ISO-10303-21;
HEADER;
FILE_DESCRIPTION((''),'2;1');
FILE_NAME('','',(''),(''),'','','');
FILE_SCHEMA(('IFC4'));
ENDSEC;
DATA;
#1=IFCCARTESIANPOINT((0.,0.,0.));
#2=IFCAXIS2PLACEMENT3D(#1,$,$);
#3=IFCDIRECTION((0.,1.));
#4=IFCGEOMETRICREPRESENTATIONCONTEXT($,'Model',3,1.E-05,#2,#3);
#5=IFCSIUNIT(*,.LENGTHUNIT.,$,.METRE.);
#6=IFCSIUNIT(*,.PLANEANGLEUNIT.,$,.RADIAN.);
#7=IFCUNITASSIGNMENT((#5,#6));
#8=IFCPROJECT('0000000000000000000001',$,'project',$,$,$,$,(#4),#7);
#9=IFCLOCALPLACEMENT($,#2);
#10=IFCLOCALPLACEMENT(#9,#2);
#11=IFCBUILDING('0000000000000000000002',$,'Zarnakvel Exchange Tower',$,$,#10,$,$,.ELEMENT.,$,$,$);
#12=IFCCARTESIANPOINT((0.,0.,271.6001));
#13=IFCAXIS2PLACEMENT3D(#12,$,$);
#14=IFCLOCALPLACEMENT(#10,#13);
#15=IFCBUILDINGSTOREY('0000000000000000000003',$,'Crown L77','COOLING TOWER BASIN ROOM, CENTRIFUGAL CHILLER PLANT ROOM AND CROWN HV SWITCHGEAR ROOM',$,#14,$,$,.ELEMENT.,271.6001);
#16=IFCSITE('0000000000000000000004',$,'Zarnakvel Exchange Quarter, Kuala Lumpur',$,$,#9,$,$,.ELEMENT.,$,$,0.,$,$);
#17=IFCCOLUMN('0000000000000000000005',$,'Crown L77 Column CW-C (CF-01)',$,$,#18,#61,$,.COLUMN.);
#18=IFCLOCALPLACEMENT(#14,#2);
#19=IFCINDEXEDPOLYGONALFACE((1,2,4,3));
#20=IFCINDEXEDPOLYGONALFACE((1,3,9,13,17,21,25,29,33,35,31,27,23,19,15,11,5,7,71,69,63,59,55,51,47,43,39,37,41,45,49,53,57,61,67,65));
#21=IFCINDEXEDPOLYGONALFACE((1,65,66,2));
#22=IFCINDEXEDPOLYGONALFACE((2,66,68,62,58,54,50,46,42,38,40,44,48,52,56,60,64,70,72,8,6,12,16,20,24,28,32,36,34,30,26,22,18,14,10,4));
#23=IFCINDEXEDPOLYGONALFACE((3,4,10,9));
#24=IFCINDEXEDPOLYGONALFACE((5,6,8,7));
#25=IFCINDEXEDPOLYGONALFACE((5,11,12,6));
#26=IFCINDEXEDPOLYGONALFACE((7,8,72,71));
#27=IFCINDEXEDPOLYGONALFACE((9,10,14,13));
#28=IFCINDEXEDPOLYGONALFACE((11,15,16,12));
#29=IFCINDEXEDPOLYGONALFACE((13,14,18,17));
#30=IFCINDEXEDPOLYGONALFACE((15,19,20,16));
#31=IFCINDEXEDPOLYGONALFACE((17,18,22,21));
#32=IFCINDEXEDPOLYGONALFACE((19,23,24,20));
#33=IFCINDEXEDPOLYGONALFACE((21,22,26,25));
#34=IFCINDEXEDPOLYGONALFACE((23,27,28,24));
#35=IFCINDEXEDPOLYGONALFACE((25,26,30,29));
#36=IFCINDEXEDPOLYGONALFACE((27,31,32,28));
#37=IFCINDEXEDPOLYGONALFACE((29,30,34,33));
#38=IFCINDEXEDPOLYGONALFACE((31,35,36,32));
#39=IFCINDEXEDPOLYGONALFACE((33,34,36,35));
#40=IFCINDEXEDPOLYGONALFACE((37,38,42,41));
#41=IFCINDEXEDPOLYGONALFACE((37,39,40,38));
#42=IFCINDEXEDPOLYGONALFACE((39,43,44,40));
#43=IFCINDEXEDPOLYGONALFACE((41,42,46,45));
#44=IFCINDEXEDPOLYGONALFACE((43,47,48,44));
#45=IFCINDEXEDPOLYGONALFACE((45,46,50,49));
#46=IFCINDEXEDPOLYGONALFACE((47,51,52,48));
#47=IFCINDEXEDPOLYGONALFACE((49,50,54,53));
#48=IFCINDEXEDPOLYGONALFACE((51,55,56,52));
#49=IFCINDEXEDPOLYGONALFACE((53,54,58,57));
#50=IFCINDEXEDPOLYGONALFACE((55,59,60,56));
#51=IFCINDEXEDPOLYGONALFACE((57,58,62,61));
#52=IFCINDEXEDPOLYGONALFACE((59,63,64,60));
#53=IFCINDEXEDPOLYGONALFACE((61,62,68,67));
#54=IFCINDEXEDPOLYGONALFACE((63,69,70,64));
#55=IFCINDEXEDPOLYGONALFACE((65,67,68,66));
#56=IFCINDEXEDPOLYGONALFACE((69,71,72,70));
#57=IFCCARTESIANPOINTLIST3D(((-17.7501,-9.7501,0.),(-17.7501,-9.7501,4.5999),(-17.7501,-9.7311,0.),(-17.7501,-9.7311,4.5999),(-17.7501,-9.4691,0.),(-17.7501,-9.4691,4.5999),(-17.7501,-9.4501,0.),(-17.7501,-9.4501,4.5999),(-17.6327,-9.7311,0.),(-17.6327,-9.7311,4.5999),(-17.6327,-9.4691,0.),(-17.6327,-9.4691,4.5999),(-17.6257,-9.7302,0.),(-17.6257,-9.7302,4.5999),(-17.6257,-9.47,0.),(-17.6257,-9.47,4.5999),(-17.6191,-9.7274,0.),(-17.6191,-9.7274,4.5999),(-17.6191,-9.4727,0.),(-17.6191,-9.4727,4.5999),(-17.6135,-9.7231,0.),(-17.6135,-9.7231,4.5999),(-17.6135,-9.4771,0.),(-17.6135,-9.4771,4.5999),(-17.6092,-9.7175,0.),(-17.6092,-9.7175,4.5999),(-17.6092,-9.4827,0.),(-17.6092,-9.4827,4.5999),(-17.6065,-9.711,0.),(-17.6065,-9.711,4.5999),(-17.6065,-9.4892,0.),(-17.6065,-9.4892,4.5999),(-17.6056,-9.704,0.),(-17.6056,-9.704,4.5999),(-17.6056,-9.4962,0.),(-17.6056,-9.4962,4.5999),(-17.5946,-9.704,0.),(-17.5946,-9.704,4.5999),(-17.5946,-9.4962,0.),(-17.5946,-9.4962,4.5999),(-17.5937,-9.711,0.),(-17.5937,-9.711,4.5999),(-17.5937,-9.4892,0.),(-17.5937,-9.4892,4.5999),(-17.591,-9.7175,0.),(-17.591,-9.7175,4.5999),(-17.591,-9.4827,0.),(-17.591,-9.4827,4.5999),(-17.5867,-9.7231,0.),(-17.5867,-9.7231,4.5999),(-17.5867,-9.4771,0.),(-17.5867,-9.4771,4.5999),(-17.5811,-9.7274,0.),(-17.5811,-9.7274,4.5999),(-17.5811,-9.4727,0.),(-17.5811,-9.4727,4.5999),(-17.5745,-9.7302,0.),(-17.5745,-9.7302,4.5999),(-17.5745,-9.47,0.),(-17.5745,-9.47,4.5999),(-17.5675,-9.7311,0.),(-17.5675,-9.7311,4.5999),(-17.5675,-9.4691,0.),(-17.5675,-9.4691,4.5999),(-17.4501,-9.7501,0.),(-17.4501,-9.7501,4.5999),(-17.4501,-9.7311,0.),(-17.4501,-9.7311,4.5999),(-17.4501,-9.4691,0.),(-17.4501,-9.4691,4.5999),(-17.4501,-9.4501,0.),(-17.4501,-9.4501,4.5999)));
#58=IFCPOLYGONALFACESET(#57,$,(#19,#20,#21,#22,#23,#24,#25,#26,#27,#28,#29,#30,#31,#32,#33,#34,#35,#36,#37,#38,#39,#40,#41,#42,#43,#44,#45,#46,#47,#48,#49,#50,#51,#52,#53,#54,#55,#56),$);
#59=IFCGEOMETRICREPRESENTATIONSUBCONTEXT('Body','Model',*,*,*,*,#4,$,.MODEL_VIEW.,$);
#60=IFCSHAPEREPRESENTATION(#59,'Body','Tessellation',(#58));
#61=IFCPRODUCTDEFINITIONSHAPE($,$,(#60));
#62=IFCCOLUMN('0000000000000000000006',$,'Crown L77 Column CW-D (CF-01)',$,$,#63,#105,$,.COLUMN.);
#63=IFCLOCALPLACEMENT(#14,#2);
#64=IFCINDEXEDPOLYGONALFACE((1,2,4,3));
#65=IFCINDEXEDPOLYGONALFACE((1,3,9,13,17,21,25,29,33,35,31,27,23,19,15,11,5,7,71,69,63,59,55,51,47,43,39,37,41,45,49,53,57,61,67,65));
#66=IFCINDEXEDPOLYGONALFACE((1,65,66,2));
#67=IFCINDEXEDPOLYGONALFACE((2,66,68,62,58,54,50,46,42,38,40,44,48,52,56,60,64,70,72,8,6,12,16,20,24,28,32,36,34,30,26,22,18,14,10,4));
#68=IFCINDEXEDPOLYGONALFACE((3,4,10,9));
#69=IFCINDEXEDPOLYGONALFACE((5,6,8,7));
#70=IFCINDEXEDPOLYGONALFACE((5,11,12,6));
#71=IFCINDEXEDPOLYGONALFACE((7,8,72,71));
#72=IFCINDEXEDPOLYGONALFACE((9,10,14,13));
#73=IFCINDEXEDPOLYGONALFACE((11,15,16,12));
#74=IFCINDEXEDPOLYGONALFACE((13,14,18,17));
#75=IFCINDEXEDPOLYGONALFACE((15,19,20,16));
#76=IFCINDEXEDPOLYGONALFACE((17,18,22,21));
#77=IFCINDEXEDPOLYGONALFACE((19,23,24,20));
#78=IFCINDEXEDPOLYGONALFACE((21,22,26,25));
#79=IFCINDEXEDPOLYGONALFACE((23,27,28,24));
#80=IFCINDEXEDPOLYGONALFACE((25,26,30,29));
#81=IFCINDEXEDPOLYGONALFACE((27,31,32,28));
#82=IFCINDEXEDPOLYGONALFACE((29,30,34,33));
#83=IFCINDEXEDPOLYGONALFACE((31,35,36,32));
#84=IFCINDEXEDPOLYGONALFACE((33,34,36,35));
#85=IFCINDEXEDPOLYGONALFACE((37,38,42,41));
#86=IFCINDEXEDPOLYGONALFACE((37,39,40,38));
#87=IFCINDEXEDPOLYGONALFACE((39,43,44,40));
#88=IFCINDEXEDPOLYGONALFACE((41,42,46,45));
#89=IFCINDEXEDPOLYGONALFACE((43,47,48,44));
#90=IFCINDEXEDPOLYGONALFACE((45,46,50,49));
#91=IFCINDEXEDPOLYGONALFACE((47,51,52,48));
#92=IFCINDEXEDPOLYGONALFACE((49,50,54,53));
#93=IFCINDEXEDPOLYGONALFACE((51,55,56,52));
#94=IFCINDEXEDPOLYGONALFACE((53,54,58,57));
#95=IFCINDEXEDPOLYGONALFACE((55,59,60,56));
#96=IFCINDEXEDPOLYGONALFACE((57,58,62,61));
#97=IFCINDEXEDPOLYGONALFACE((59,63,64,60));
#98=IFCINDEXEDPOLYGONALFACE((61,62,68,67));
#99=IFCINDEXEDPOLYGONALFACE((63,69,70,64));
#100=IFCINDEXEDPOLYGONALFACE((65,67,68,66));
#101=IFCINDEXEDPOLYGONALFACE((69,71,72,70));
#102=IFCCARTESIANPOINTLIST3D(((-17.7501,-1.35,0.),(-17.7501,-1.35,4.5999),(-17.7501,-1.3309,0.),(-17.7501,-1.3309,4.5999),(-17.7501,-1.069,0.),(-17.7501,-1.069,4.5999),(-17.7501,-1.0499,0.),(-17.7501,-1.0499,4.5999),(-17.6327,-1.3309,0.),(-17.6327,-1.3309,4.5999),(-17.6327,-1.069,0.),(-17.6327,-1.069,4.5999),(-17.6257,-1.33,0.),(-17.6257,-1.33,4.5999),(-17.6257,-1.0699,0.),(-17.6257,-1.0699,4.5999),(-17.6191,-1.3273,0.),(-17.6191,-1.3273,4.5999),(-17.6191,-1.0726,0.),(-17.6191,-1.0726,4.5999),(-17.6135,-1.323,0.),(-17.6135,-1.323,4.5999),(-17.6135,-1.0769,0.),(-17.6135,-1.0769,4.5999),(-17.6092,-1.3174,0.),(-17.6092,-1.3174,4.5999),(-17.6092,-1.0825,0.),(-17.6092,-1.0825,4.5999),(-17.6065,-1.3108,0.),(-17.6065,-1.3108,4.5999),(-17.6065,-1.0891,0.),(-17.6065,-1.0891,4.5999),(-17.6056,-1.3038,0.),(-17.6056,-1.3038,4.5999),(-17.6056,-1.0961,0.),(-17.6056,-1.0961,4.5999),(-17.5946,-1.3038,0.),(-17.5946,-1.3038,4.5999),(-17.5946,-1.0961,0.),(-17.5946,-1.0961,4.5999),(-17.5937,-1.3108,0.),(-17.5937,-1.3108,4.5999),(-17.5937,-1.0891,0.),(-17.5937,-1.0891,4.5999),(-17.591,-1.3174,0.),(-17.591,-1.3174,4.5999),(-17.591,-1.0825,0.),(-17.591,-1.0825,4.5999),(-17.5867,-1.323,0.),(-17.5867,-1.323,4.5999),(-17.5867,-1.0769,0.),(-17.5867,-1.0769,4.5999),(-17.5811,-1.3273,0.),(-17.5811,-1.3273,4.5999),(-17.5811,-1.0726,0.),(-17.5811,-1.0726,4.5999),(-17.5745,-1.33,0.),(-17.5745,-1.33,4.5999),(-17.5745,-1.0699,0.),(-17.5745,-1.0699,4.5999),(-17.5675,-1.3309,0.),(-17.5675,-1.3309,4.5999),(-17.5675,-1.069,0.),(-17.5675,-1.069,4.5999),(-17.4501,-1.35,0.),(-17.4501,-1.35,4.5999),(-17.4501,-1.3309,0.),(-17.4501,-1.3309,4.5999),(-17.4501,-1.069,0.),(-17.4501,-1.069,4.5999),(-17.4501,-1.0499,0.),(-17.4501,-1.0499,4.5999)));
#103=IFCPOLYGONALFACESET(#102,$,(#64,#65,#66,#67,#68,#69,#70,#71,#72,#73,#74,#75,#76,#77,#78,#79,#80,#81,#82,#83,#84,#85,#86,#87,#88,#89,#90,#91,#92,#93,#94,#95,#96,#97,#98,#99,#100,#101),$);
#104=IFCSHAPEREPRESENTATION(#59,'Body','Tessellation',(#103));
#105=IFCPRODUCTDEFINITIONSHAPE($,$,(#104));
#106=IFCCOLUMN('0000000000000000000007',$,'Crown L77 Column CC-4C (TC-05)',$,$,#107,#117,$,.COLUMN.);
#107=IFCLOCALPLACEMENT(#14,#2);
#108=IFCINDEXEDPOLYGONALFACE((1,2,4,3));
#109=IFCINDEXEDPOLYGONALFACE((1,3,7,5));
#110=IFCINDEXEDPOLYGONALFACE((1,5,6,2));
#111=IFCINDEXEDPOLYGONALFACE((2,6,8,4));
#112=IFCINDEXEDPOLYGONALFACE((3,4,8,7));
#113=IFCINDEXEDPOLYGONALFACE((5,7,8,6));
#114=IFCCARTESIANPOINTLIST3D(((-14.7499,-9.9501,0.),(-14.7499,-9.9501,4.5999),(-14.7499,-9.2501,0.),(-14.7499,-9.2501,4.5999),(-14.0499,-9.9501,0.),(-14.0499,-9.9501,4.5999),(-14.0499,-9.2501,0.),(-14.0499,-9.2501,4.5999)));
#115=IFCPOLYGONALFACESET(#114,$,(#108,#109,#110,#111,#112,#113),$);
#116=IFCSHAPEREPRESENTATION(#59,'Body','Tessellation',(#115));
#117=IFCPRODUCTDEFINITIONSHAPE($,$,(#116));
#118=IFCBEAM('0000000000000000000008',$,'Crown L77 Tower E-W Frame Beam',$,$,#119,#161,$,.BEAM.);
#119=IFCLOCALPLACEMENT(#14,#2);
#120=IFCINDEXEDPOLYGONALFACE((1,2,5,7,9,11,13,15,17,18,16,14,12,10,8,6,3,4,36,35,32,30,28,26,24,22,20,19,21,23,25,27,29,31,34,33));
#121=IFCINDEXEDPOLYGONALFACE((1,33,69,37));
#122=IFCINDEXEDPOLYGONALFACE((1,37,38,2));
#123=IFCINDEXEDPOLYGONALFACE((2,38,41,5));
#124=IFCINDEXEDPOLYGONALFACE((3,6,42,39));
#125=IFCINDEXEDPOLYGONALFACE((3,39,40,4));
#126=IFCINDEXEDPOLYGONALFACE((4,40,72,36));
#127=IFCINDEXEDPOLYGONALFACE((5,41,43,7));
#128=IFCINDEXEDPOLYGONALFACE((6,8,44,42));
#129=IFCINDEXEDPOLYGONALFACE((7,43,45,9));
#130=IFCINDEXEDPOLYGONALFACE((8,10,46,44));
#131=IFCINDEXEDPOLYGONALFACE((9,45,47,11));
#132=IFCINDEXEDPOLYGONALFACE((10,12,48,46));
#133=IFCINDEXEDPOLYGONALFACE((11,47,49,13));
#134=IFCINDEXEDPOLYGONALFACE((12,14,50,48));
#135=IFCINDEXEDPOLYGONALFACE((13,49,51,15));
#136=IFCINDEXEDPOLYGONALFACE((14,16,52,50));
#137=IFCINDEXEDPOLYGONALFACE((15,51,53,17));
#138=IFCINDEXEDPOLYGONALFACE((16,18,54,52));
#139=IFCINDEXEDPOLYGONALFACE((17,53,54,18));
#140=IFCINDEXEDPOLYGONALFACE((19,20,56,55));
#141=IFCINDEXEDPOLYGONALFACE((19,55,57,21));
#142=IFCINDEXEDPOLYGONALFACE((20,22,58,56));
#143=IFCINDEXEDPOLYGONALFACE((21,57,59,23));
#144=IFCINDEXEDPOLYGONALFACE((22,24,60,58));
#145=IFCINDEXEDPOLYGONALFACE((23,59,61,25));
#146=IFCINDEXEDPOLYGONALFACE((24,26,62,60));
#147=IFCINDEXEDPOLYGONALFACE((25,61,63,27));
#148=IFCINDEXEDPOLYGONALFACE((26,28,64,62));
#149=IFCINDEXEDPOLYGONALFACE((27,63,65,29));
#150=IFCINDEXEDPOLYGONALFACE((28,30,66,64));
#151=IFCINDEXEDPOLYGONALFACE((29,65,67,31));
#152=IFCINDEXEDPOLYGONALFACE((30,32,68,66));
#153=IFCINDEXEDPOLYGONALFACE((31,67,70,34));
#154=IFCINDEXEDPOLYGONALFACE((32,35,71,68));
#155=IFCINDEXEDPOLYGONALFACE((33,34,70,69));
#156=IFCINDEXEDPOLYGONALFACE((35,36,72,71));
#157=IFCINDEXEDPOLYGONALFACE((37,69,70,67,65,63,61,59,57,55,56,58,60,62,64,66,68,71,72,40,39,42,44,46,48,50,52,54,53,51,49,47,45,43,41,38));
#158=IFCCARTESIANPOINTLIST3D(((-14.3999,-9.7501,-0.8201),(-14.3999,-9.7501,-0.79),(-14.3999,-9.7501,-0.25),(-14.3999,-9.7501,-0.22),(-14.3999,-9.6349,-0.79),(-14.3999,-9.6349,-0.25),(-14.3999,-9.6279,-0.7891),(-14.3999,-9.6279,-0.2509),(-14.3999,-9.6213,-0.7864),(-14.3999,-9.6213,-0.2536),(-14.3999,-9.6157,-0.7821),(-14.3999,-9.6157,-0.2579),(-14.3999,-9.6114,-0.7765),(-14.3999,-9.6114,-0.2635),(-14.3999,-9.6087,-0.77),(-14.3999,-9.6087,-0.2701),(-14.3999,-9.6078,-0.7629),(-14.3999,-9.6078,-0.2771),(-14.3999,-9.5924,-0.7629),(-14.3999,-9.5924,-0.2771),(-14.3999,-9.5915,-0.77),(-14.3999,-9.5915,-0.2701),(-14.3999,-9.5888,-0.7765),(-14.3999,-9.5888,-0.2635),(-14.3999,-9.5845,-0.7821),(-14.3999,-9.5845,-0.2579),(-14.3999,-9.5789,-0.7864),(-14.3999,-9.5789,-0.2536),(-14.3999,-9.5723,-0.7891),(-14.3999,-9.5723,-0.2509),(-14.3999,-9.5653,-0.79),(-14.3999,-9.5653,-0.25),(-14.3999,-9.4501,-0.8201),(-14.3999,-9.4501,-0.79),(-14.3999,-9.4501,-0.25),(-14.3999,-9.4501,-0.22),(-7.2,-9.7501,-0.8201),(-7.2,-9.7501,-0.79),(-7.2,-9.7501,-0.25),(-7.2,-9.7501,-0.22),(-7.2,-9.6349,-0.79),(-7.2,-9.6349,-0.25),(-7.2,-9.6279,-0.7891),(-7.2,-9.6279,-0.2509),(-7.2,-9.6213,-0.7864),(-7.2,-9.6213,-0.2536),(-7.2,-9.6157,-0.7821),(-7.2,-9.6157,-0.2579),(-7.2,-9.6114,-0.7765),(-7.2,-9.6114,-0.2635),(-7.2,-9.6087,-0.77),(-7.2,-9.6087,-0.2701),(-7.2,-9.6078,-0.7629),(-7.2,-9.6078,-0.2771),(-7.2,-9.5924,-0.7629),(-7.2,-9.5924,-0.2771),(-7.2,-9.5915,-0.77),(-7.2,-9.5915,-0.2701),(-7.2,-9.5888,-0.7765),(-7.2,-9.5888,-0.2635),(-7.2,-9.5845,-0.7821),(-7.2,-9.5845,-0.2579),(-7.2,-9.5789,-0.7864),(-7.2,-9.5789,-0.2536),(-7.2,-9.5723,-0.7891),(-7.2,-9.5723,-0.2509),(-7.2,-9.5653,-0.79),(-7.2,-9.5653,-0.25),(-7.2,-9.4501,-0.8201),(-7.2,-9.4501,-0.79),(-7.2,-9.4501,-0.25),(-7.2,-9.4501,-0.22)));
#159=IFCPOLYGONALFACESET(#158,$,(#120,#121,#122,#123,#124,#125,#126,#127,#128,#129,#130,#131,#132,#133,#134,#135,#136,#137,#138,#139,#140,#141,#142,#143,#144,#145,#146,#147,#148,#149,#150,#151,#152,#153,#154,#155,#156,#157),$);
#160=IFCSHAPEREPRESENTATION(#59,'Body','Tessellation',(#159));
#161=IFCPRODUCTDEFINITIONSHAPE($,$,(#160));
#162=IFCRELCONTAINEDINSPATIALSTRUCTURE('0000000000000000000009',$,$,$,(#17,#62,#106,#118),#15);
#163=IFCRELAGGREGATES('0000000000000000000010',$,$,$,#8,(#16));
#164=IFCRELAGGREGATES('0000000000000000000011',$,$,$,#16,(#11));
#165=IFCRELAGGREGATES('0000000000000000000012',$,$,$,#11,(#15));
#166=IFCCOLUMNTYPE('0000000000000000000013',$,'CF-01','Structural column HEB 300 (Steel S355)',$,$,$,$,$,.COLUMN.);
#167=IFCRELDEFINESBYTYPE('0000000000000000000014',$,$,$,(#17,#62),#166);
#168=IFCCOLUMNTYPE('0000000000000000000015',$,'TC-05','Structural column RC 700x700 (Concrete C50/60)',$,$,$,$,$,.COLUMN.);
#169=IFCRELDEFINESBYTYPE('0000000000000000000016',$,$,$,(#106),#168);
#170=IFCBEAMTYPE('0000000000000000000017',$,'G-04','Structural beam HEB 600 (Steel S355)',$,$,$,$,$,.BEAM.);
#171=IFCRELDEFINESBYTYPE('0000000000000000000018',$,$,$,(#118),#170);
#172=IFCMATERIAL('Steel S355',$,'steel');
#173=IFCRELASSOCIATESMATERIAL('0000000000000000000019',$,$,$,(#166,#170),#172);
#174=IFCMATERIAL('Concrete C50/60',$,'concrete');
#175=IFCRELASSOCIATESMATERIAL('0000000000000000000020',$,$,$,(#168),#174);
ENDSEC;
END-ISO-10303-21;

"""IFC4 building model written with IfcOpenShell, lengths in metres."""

from ifc_helpers import new_model, si_unit, direction, frame, origin, origin_2d, place, context, subcontext, project, spatial, rectangle, i_section, extrude, material, material_profile, profile_set, type_object, element, save


model = new_model("IFC4")

# Units and contexts
model_context = context("Model", 3, precision=1e-05, world=origin(), true_north=direction((0.0, 1.0)))
body_context = subcontext(model_context, "Body", "Model", "MODEL_VIEW")
ifc_project = project(units=[si_unit("LENGTHUNIT", "METRE"), si_unit("PLANEANGLEUNIT", "RADIAN")], contexts=[model_context])

# Site, building, storey
site_placement = place(None, origin())
site = spatial("IfcSite", under=ifc_project, at=site_placement, Name="Zarnakvel Exchange Quarter, Kuala Lumpur", CompositionType="ELEMENT", RefElevation=0.0)
building_placement = place(site_placement, origin())
building = spatial("IfcBuilding", under=site, at=building_placement, Name="Zarnakvel Exchange Tower", CompositionType="ELEMENT")
storey_placement = place(building_placement, frame((0.0, 0.0, 271.6001)))
storey = spatial("IfcBuildingStorey", under=building, at=storey_placement, Name="Crown L77", Description="COOLING TOWER BASIN ROOM, CENTRIFUGAL CHILLER PLANT ROOM AND CROWN HV SWITCHGEAR ROOM", CompositionType="ELEMENT", Elevation=271.6001)

# Columns
ifc_material_1 = material(Name="Steel S355", Category="steel")
ifc_material_profile_1 = material_profile(ifc_material_1, i_section(OverallWidth=0.3, OverallDepth=0.3, WebThickness=0.011, FlangeThickness=0.019, FilletRadius=0.0271, at=origin_2d()))
ifc_profile_set_1 = profile_set([ifc_material_profile_1], Name="Steel S355")
column_type_1 = type_object("IfcColumnType", Name="CF-01", Description="Structural column HEB 300 (Steel S355)", PredefinedType="COLUMN", material=ifc_profile_set_1)
for number, where, z_axis, x_axis, name in (
    (1, (-17.6001, -9.6001, 0.0), (0.0, 0.0, 1.0), (1.0, 0.0, 0.0), "Crown L77 Column CW-C (CF-01)"),
    (2, (-17.6001, -1.2, 0.0), (0.0, 0.0, 1.0), (1.0, 0.0, 0.0), "Crown L77 Column CW-D (CF-01)"),
):
    element("IfcColumn", number, at=place(storey_placement, frame(where, z_axis=z_axis, x_axis=x_axis)), inside=storey, type_object=column_type_1, Name=name, PredefinedType="COLUMN", context=body_context, shape_type="SweptSolid", body=[
        extrude(i_section(OverallWidth=0.3, OverallDepth=0.3, WebThickness=0.011, FlangeThickness=0.019, FilletRadius=0.0271, at=origin_2d()), origin(), (0.0, 0.0, 1.0), 4.5999),
    ])
ifc_material_2 = material(Name="Concrete C50/60", Category="concrete")
ifc_material_profile_2 = material_profile(ifc_material_2, rectangle(XDim=0.7, YDim=0.7, at=origin_2d()))
ifc_profile_set_2 = profile_set([ifc_material_profile_2], Name="Concrete C50/60")
column_type_2 = type_object("IfcColumnType", Name="TC-05", Description="Structural column RC 700x700 (Concrete C50/60)", PredefinedType="COLUMN", material=ifc_profile_set_2)
column_placement = place(storey_placement, frame((-14.3999, -9.6001, 0.0), z_axis=(0.0, 0.0, 1.0), x_axis=(1.0, 0.0, 0.0)))
element("IfcColumn", 3, at=column_placement, inside=storey, type_object=column_type_2, Name="Crown L77 Column CC-4C (TC-05)", PredefinedType="COLUMN", context=body_context, shape_type="SweptSolid", body=[
    extrude(rectangle(XDim=0.7, YDim=0.7, at=origin_2d()), origin(), (0.0, 0.0, 1.0), 4.5999),
])

# Beam
ifc_material_profile_3 = material_profile(ifc_material_1, i_section(OverallWidth=0.3, OverallDepth=0.6001, WebThickness=0.0154, FlangeThickness=0.03, FilletRadius=0.0271, at=origin_2d()))
ifc_profile_set_3 = profile_set([ifc_material_profile_3], Name="Steel S355")
beam_type_1 = type_object("IfcBeamType", Name="G-04", Description="Structural beam HEB 600 (Steel S355)", PredefinedType="BEAM", material=ifc_profile_set_3)
beam_1_placement = place(storey_placement, frame((-14.3999, -9.6001, -0.52), z_axis=(1.0, 0.0, 0.0), x_axis=(0.0, 1.0, 0.0)))
element("IfcBeam", 4, at=beam_1_placement, inside=storey, type_object=beam_type_1, Name="Crown L77 Tower E-W Frame Beam", PredefinedType="BEAM", context=body_context, shape_type="SweptSolid", body=[
    extrude(i_section(OverallWidth=0.3, OverallDepth=0.6001, WebThickness=0.0154, FlangeThickness=0.03, FilletRadius=0.0271, at=origin_2d()), origin(), (0.0, 0.0, 1.0), 7.2),
])

save(model, "model.ifc")
